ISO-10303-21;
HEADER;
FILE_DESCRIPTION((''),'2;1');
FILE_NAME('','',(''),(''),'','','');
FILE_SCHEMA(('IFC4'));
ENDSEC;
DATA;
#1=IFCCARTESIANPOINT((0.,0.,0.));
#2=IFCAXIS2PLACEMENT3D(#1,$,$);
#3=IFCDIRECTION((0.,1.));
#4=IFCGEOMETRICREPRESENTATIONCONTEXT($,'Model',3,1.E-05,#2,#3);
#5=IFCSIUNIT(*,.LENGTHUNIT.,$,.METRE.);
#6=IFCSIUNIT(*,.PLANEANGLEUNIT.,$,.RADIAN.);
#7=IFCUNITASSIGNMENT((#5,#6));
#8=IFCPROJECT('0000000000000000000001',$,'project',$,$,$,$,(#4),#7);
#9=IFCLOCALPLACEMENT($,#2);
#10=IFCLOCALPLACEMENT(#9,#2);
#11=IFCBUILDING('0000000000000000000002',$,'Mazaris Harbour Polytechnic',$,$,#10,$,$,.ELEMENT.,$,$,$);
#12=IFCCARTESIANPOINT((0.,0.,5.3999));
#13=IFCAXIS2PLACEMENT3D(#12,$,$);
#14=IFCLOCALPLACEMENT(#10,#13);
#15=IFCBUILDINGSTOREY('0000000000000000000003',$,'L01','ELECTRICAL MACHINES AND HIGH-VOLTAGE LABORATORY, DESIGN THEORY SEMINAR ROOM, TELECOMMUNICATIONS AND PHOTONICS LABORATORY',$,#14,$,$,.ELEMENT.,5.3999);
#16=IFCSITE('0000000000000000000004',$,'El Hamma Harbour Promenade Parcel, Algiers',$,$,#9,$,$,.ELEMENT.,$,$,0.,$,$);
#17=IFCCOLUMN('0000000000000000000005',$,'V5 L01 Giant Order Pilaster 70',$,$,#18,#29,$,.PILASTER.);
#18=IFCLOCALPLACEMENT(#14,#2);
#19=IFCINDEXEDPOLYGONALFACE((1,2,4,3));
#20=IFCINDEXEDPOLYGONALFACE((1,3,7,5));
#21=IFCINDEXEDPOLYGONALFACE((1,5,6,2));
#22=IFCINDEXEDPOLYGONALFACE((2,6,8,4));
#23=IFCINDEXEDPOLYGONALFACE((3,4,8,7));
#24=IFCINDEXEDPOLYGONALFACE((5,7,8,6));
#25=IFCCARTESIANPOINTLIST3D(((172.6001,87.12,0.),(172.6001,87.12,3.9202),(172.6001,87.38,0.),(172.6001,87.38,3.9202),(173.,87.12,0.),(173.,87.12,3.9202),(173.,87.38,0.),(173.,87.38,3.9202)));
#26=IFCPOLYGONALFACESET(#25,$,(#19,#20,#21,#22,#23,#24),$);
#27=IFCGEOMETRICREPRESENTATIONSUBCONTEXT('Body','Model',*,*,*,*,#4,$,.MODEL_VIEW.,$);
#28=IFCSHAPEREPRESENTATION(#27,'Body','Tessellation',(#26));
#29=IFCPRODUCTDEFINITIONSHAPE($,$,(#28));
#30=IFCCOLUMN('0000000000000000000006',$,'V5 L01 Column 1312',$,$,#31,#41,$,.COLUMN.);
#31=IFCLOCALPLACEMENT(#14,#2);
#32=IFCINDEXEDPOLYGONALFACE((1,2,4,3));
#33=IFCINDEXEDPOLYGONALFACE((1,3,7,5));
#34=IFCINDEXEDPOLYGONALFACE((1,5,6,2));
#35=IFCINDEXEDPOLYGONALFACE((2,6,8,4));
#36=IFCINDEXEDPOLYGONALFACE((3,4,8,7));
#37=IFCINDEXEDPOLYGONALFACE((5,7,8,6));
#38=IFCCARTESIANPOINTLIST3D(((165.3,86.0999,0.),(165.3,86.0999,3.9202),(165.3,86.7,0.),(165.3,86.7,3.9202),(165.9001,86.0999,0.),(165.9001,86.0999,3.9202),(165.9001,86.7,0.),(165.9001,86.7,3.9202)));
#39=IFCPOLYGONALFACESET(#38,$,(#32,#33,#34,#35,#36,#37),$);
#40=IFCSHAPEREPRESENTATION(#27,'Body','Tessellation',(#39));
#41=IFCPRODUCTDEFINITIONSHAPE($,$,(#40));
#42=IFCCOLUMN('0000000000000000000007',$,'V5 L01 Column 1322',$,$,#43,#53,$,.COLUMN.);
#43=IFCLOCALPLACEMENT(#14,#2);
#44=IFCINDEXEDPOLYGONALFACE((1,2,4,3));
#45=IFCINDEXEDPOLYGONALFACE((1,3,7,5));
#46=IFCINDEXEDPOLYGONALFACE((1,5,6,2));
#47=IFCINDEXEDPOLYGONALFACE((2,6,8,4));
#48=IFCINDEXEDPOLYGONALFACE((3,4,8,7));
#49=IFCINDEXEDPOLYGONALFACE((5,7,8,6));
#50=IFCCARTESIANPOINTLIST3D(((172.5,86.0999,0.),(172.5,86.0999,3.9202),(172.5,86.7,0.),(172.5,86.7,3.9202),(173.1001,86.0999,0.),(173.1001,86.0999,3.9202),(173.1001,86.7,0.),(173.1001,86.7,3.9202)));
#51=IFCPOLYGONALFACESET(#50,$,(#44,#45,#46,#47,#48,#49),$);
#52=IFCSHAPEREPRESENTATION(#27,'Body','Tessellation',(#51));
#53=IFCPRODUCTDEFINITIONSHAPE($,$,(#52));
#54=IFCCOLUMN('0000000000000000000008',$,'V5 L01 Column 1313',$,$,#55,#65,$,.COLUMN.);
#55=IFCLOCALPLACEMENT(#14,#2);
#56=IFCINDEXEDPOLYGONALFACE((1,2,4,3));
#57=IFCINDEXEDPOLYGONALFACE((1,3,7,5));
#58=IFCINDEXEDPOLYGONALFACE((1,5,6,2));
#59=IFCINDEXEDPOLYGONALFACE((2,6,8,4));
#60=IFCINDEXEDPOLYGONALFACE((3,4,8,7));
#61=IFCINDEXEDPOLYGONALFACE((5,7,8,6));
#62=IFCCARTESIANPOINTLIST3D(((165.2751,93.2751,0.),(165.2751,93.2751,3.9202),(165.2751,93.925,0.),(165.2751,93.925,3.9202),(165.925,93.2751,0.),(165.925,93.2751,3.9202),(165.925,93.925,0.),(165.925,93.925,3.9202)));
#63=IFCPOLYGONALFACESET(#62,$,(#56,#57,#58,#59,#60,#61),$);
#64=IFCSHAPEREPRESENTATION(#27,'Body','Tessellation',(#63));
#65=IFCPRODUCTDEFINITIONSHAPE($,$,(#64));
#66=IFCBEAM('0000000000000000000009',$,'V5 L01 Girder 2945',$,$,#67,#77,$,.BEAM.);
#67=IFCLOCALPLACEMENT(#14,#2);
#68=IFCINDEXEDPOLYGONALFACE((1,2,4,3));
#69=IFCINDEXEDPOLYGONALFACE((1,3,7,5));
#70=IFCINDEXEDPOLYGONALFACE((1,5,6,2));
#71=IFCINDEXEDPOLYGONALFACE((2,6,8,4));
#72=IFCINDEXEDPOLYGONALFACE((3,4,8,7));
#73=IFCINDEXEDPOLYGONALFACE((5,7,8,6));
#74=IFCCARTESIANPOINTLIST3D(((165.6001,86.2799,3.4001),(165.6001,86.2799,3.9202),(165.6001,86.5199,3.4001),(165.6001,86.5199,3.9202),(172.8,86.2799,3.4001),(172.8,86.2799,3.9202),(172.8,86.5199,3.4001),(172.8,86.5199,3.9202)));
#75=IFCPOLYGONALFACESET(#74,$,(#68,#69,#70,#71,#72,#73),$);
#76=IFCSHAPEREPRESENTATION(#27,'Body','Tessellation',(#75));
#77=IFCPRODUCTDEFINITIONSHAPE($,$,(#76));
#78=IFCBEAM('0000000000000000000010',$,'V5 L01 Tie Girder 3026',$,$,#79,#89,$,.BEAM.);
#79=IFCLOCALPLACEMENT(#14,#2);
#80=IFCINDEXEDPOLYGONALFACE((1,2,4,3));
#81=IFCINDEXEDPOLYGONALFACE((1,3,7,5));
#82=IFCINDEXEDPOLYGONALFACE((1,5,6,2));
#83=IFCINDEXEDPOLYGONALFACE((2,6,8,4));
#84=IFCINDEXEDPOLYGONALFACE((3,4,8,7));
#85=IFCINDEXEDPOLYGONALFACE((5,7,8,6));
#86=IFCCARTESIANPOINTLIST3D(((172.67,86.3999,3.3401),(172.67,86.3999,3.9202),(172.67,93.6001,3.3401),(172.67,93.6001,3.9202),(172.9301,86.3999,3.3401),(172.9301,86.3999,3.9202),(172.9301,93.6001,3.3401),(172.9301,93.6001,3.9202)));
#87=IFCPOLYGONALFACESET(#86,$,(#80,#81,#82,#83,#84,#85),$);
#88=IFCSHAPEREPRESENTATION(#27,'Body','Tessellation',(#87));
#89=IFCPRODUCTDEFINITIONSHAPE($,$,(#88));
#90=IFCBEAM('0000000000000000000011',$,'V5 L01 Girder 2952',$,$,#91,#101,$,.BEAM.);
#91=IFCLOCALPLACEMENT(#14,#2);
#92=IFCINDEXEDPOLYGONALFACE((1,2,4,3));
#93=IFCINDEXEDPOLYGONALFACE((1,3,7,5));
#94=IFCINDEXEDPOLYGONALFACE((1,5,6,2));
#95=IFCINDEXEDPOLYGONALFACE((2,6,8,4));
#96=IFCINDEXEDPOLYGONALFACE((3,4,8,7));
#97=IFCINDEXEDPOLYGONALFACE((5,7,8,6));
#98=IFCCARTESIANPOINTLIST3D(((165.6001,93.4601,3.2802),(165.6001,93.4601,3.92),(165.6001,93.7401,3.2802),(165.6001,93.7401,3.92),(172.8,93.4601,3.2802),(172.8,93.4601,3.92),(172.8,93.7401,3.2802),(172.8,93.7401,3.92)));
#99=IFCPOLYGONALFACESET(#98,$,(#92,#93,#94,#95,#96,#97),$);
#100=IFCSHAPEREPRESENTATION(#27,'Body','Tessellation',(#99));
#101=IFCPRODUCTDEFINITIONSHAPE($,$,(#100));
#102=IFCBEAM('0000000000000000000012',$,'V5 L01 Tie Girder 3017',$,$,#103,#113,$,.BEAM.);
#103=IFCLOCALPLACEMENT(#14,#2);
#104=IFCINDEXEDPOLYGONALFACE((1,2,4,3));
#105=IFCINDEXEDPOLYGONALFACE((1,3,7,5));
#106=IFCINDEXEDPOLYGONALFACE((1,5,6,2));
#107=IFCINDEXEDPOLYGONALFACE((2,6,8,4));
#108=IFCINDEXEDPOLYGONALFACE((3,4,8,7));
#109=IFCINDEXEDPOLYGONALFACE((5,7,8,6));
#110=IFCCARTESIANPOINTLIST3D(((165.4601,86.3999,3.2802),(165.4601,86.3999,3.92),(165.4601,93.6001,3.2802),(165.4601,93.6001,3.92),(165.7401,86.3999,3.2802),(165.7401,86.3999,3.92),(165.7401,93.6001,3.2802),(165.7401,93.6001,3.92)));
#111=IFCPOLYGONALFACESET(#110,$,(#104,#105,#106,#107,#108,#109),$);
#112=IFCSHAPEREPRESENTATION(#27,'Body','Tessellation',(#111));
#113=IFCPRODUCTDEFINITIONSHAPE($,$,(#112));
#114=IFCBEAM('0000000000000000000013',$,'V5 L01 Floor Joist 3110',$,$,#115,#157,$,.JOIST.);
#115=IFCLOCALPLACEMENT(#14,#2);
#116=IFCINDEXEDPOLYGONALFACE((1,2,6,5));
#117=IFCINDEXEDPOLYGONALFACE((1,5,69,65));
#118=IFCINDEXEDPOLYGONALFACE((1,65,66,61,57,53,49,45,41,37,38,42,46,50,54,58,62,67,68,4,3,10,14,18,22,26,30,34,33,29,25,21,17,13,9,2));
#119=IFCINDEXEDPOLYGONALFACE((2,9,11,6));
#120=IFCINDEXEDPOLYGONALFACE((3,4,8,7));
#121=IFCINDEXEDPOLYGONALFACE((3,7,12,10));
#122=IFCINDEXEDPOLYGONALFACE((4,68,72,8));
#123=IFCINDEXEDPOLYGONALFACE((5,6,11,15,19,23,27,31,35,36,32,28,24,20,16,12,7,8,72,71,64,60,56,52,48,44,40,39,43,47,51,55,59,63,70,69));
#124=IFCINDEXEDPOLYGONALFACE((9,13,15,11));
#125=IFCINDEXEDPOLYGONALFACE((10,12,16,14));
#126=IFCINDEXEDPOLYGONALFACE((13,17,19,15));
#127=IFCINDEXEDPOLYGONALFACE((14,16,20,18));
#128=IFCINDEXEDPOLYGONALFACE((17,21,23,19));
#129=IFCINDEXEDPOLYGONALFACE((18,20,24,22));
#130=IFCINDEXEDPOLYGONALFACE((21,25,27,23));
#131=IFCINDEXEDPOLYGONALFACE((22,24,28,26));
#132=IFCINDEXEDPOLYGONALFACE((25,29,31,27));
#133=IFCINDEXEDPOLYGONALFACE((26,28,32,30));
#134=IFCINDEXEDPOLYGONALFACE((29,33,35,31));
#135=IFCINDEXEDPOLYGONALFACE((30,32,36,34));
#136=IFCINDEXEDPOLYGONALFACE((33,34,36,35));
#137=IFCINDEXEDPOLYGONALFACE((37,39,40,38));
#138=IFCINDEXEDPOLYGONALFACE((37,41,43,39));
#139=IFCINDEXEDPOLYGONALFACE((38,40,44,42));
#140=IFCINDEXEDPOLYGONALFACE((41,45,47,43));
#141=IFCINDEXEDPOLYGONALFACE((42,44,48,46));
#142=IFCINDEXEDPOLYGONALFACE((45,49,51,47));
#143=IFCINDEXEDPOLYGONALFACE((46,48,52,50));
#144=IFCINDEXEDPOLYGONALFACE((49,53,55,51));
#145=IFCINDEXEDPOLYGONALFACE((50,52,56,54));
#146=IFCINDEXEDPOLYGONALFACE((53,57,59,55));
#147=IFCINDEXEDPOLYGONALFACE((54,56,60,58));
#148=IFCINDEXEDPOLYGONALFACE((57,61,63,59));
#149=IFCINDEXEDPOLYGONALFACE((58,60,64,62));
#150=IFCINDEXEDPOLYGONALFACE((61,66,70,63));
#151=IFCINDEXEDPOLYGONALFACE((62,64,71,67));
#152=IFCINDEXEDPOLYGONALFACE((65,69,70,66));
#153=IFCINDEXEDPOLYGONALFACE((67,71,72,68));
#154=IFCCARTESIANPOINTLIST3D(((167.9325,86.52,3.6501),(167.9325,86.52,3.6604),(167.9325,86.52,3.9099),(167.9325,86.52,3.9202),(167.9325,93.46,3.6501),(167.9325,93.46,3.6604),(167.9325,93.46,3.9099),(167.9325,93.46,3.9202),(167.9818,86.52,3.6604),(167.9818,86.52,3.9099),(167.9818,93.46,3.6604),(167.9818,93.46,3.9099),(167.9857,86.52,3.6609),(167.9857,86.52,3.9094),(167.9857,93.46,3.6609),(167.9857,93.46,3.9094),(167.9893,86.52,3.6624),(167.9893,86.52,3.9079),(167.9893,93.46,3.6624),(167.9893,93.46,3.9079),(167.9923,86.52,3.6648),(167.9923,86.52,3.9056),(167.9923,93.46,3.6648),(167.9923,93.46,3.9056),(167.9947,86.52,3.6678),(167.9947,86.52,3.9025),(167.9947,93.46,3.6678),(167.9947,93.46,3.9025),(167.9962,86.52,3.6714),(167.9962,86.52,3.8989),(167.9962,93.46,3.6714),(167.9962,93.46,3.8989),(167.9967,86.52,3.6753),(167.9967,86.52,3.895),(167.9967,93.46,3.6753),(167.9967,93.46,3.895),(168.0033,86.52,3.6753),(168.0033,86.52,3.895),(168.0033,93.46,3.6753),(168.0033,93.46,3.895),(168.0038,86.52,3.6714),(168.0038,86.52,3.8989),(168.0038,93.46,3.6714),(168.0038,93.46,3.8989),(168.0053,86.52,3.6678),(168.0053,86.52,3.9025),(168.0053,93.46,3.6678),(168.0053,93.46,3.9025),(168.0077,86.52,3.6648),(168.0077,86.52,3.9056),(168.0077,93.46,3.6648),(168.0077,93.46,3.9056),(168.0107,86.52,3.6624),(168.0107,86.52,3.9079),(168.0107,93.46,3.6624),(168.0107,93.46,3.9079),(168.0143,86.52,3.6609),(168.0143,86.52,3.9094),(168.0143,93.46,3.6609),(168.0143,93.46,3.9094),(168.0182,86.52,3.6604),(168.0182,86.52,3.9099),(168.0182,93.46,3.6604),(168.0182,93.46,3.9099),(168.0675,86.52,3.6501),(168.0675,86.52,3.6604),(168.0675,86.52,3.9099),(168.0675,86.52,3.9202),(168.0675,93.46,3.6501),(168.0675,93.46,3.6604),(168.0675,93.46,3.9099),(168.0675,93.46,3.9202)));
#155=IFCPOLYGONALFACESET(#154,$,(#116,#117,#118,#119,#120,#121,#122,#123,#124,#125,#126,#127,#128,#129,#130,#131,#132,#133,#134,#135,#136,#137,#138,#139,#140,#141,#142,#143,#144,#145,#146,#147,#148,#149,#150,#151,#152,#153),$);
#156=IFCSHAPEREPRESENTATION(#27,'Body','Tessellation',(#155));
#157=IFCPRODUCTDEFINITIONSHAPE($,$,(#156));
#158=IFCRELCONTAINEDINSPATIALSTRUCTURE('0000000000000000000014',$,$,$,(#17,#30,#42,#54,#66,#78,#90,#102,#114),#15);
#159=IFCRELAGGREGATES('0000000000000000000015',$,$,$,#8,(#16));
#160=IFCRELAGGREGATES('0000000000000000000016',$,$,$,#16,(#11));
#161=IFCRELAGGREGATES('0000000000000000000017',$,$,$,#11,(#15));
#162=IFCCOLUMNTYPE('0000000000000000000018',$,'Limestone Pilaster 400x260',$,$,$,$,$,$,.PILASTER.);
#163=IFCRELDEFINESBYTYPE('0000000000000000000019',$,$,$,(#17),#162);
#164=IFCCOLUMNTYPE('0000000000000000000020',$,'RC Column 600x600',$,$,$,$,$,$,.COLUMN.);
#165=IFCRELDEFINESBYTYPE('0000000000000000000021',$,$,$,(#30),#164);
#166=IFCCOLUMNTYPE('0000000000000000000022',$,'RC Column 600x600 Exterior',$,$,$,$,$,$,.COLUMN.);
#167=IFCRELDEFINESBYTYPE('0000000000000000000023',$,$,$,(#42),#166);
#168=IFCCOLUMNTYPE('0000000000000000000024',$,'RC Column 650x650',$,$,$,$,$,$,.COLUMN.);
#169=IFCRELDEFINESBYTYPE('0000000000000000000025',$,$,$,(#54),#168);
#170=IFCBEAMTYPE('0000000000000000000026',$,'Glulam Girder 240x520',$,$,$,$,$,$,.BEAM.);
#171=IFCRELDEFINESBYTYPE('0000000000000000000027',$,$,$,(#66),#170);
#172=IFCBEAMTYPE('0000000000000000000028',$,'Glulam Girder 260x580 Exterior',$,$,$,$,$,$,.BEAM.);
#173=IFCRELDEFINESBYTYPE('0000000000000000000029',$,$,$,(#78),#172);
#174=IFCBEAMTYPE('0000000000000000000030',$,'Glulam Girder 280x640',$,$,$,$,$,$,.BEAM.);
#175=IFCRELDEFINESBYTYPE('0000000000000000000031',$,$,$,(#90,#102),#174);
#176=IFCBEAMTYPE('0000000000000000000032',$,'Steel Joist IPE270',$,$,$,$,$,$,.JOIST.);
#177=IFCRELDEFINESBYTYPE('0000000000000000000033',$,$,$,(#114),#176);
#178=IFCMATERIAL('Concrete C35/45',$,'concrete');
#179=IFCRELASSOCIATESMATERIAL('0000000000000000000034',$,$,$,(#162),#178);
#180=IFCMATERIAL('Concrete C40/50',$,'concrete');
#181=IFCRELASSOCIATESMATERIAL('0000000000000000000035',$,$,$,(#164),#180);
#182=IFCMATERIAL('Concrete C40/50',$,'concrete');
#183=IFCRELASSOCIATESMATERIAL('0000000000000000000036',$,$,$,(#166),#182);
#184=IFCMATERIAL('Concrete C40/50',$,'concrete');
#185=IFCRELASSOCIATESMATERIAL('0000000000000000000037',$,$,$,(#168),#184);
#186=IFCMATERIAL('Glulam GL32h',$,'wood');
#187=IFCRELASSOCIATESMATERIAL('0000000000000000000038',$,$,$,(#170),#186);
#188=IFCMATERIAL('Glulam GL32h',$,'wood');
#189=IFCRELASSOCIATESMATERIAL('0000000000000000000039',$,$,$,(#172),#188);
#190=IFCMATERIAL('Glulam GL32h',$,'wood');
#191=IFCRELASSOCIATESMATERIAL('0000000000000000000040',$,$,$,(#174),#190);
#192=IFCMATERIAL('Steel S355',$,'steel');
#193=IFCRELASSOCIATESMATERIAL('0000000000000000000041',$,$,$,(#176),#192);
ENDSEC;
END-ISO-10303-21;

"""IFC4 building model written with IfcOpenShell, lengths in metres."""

from ifc_helpers import new_model, si_unit, direction, frame, origin, origin_2d, place, context, subcontext, project, spatial, rectangle, i_section, extrude, material, material_profile, profile_set, type_object, element, save


model = new_model("IFC4")

# Units and contexts
model_context = context("Model", 3, precision=1e-05, world=origin(), true_north=direction((0.0, 1.0)))
body_context = subcontext(model_context, "Body", "Model", "MODEL_VIEW")
ifc_project = project(units=[si_unit("LENGTHUNIT", "METRE"), si_unit("PLANEANGLEUNIT", "RADIAN")], contexts=[model_context])

# Site, building, storey
site_placement = place(None, origin())
site = spatial("IfcSite", under=ifc_project, at=site_placement, Name="El Hamma Harbour Promenade Parcel, Algiers", CompositionType="ELEMENT", RefElevation=0.0)
building_placement = place(site_placement, origin())
building = spatial("IfcBuilding", under=site, at=building_placement, Name="Mazaris Harbour Polytechnic", CompositionType="ELEMENT")
storey_placement = place(building_placement, frame((0.0, 0.0, 5.3999)))
storey = spatial("IfcBuildingStorey", under=building, at=storey_placement, Name="L01", Description="ELECTRICAL MACHINES AND HIGH-VOLTAGE LABORATORY, DESIGN THEORY SEMINAR ROOM, TELECOMMUNICATIONS AND PHOTONICS LABORATORY", CompositionType="ELEMENT", Elevation=5.3999)

# Columns
ifc_material_1 = material(Name="Concrete C35/45", Category="concrete")
ifc_material_profile_1 = material_profile(ifc_material_1, rectangle(XDim=0.3999, YDim=0.26, at=origin_2d()), Name="RECT400x260")
ifc_profile_set_1 = profile_set([ifc_material_profile_1], Name="Concrete C35/45")
column_type_1 = type_object("IfcColumnType", Name="Limestone Pilaster 400x260", PredefinedType="PILASTER", material=ifc_profile_set_1)
column_1_placement = place(storey_placement, frame((172.8, 87.25, 0.0), z_axis=(0.0, 0.0, 1.0), x_axis=(1.0, 0.0, 0.0)))
element("IfcColumn", 1, at=column_1_placement, inside=storey, type_object=column_type_1, Name="V5 L01 Giant Order Pilaster 70", PredefinedType="PILASTER", context=body_context, shape_type="SweptSolid", body=[
    extrude(rectangle(XDim=0.3999, YDim=0.26, at=origin_2d()), origin(), (0.0, 0.0, 1.0), 3.9202),
])
ifc_material_2 = material(Name="Concrete C40/50", Category="concrete")
ifc_material_profile_2 = material_profile(ifc_material_2, rectangle(XDim=0.6001, YDim=0.6001, at=origin_2d()), Name="RECT600x600")
ifc_profile_set_2 = profile_set([ifc_material_profile_2], Name="Concrete C40/50")
column_type_2 = type_object("IfcColumnType", Name="RC Column 600x600", PredefinedType="COLUMN", material=ifc_profile_set_2)
column_2_placement = place(storey_placement, frame((165.6001, 86.3999, 0.0), z_axis=(0.0, 0.0, 1.0), x_axis=(1.0, 0.0, 0.0)))
element("IfcColumn", 2, at=column_2_placement, inside=storey, type_object=column_type_2, Name="V5 L01 Column 1312", PredefinedType="COLUMN", context=body_context, shape_type="SweptSolid", body=[
    extrude(rectangle(XDim=0.6001, YDim=0.6001, at=origin_2d()), origin(), (0.0, 0.0, 1.0), 3.9202),
])
ifc_material_3 = material(Name="Concrete C40/50", Category="concrete")
ifc_material_profile_3 = material_profile(ifc_material_3, rectangle(XDim=0.6001, YDim=0.6001, at=origin_2d()), Name="RECT600x600")
ifc_profile_set_3 = profile_set([ifc_material_profile_3], Name="Concrete C40/50")
column_type_3 = type_object("IfcColumnType", Name="RC Column 600x600 Exterior", PredefinedType="COLUMN", material=ifc_profile_set_3)
column_3_placement = place(storey_placement, frame((172.8, 86.3999, 0.0), z_axis=(0.0, 0.0, 1.0), x_axis=(1.0, 0.0, 0.0)))
element("IfcColumn", 3, at=column_3_placement, inside=storey, type_object=column_type_3, Name="V5 L01 Column 1322", PredefinedType="COLUMN", context=body_context, shape_type="SweptSolid", body=[
    extrude(rectangle(XDim=0.6001, YDim=0.6001, at=origin_2d()), origin(), (0.0, 0.0, 1.0), 3.9202),
])
ifc_material_4 = material(Name="Concrete C40/50", Category="concrete")
ifc_material_profile_4 = material_profile(ifc_material_4, rectangle(XDim=0.6499, YDim=0.6499, at=origin_2d()), Name="RECT650x650")
ifc_profile_set_4 = profile_set([ifc_material_profile_4], Name="Concrete C40/50")
column_type_4 = type_object("IfcColumnType", Name="RC Column 650x650", PredefinedType="COLUMN", material=ifc_profile_set_4)
column_4_placement = place(storey_placement, frame((165.6001, 93.6001, 0.0), z_axis=(0.0, 0.0, 1.0), x_axis=(1.0, 0.0, 0.0)))
element("IfcColumn", 4, at=column_4_placement, inside=storey, type_object=column_type_4, Name="V5 L01 Column 1313", PredefinedType="COLUMN", context=body_context, shape_type="SweptSolid", body=[
    extrude(rectangle(XDim=0.6499, YDim=0.6499, at=origin_2d()), origin(), (0.0, 0.0, 1.0), 3.9202),
])

# Beams
ifc_material_5 = material(Name="Glulam GL32h", Category="wood")
ifc_material_profile_5 = material_profile(ifc_material_5, rectangle(XDim=0.24, YDim=0.52, at=origin_2d()), Name="RECT240x520")
ifc_profile_set_5 = profile_set([ifc_material_profile_5], Name="Glulam GL32h")
beam_type_1 = type_object("IfcBeamType", Name="Glulam Girder 240x520", PredefinedType="BEAM", material=ifc_profile_set_5)
beam_1_placement = place(storey_placement, frame((165.6001, 86.3999, 3.6602), z_axis=(1.0, 0.0, 0.0), x_axis=(0.0, 1.0, 0.0)))
element("IfcBeam", 5, at=beam_1_placement, inside=storey, type_object=beam_type_1, Name="V5 L01 Girder 2945", PredefinedType="BEAM", context=body_context, shape_type="SweptSolid", body=[
    extrude(rectangle(XDim=0.24, YDim=0.52, at=origin_2d()), origin(), (0.0, 0.0, 1.0), 7.2),
])
ifc_material_6 = material(Name="Glulam GL32h", Category="wood")
ifc_material_profile_6 = material_profile(ifc_material_6, rectangle(XDim=0.26, YDim=0.5801, at=origin_2d()), Name="RECT260x580")
ifc_profile_set_6 = profile_set([ifc_material_profile_6], Name="Glulam GL32h")
beam_type_2 = type_object("IfcBeamType", Name="Glulam Girder 260x580 Exterior", PredefinedType="BEAM", material=ifc_profile_set_6)
beam_2_placement = place(storey_placement, frame((172.8, 86.3999, 3.6301), z_axis=(0.0, 1.0, 0.0), x_axis=(-1.0, 0.0, 0.0)))
element("IfcBeam", 6, at=beam_2_placement, inside=storey, type_object=beam_type_2, Name="V5 L01 Tie Girder 3026", PredefinedType="BEAM", context=body_context, shape_type="SweptSolid", body=[
    extrude(rectangle(XDim=0.26, YDim=0.5801, at=origin_2d()), origin(), (0.0, 0.0, 1.0), 7.2002),
])
ifc_material_7 = material(Name="Glulam GL32h", Category="wood")
ifc_material_profile_7 = material_profile(ifc_material_7, rectangle(XDim=0.28, YDim=0.6399, at=origin_2d()), Name="RECT280x640")
ifc_profile_set_7 = profile_set([ifc_material_profile_7], Name="Glulam GL32h")
beam_type_3 = type_object("IfcBeamType", Name="Glulam Girder 280x640", PredefinedType="BEAM", material=ifc_profile_set_7)
beam_3_placement = place(storey_placement, frame((165.6001, 93.6001, 3.6001), z_axis=(1.0, 0.0, 0.0), x_axis=(0.0, 1.0, 0.0)))
element("IfcBeam", 7, at=beam_3_placement, inside=storey, type_object=beam_type_3, Name="V5 L01 Girder 2952", PredefinedType="BEAM", context=body_context, shape_type="SweptSolid", body=[
    extrude(rectangle(XDim=0.28, YDim=0.6399, at=origin_2d()), origin(), (0.0, 0.0, 1.0), 7.2),
])
beam_4_placement = place(storey_placement, frame((165.6001, 86.3999, 3.6001), z_axis=(0.0, 1.0, 0.0), x_axis=(-1.0, 0.0, 0.0)))
element("IfcBeam", 8, at=beam_4_placement, inside=storey, type_object=beam_type_3, Name="V5 L01 Tie Girder 3017", PredefinedType="BEAM", context=body_context, shape_type="SweptSolid", body=[
    extrude(rectangle(XDim=0.28, YDim=0.6399, at=origin_2d()), origin(), (0.0, 0.0, 1.0), 7.2002),
])
ifc_material_8 = material(Name="Steel S355", Category="steel")
ifc_material_profile_8 = material_profile(ifc_material_8, i_section(OverallWidth=0.135, OverallDepth=0.27, WebThickness=0.0066, FlangeThickness=0.0103, FilletRadius=0.0149, at=origin_2d()), Name="IPE 270")
ifc_profile_set_8 = profile_set([ifc_material_profile_8], Name="Steel S355")
beam_type_4 = type_object("IfcBeamType", Name="Steel Joist IPE270", PredefinedType="JOIST", material=ifc_profile_set_8)
beam_5_placement = place(storey_placement, frame((168.0, 86.52, 3.7852), z_axis=(0.0, 1.0, 0.0), x_axis=(-1.0, 0.0, 0.0)))
element("IfcBeam", 9, at=beam_5_placement, inside=storey, type_object=beam_type_4, Name="V5 L01 Floor Joist 3110", PredefinedType="JOIST", context=body_context, shape_type="SweptSolid", body=[
    extrude(i_section(OverallWidth=0.135, OverallDepth=0.27, WebThickness=0.0066, FlangeThickness=0.0103, FilletRadius=0.0149, at=origin_2d()), origin(), (0.0, 0.0, 1.0), 6.9399),
])

save(model, "model.ifc")
